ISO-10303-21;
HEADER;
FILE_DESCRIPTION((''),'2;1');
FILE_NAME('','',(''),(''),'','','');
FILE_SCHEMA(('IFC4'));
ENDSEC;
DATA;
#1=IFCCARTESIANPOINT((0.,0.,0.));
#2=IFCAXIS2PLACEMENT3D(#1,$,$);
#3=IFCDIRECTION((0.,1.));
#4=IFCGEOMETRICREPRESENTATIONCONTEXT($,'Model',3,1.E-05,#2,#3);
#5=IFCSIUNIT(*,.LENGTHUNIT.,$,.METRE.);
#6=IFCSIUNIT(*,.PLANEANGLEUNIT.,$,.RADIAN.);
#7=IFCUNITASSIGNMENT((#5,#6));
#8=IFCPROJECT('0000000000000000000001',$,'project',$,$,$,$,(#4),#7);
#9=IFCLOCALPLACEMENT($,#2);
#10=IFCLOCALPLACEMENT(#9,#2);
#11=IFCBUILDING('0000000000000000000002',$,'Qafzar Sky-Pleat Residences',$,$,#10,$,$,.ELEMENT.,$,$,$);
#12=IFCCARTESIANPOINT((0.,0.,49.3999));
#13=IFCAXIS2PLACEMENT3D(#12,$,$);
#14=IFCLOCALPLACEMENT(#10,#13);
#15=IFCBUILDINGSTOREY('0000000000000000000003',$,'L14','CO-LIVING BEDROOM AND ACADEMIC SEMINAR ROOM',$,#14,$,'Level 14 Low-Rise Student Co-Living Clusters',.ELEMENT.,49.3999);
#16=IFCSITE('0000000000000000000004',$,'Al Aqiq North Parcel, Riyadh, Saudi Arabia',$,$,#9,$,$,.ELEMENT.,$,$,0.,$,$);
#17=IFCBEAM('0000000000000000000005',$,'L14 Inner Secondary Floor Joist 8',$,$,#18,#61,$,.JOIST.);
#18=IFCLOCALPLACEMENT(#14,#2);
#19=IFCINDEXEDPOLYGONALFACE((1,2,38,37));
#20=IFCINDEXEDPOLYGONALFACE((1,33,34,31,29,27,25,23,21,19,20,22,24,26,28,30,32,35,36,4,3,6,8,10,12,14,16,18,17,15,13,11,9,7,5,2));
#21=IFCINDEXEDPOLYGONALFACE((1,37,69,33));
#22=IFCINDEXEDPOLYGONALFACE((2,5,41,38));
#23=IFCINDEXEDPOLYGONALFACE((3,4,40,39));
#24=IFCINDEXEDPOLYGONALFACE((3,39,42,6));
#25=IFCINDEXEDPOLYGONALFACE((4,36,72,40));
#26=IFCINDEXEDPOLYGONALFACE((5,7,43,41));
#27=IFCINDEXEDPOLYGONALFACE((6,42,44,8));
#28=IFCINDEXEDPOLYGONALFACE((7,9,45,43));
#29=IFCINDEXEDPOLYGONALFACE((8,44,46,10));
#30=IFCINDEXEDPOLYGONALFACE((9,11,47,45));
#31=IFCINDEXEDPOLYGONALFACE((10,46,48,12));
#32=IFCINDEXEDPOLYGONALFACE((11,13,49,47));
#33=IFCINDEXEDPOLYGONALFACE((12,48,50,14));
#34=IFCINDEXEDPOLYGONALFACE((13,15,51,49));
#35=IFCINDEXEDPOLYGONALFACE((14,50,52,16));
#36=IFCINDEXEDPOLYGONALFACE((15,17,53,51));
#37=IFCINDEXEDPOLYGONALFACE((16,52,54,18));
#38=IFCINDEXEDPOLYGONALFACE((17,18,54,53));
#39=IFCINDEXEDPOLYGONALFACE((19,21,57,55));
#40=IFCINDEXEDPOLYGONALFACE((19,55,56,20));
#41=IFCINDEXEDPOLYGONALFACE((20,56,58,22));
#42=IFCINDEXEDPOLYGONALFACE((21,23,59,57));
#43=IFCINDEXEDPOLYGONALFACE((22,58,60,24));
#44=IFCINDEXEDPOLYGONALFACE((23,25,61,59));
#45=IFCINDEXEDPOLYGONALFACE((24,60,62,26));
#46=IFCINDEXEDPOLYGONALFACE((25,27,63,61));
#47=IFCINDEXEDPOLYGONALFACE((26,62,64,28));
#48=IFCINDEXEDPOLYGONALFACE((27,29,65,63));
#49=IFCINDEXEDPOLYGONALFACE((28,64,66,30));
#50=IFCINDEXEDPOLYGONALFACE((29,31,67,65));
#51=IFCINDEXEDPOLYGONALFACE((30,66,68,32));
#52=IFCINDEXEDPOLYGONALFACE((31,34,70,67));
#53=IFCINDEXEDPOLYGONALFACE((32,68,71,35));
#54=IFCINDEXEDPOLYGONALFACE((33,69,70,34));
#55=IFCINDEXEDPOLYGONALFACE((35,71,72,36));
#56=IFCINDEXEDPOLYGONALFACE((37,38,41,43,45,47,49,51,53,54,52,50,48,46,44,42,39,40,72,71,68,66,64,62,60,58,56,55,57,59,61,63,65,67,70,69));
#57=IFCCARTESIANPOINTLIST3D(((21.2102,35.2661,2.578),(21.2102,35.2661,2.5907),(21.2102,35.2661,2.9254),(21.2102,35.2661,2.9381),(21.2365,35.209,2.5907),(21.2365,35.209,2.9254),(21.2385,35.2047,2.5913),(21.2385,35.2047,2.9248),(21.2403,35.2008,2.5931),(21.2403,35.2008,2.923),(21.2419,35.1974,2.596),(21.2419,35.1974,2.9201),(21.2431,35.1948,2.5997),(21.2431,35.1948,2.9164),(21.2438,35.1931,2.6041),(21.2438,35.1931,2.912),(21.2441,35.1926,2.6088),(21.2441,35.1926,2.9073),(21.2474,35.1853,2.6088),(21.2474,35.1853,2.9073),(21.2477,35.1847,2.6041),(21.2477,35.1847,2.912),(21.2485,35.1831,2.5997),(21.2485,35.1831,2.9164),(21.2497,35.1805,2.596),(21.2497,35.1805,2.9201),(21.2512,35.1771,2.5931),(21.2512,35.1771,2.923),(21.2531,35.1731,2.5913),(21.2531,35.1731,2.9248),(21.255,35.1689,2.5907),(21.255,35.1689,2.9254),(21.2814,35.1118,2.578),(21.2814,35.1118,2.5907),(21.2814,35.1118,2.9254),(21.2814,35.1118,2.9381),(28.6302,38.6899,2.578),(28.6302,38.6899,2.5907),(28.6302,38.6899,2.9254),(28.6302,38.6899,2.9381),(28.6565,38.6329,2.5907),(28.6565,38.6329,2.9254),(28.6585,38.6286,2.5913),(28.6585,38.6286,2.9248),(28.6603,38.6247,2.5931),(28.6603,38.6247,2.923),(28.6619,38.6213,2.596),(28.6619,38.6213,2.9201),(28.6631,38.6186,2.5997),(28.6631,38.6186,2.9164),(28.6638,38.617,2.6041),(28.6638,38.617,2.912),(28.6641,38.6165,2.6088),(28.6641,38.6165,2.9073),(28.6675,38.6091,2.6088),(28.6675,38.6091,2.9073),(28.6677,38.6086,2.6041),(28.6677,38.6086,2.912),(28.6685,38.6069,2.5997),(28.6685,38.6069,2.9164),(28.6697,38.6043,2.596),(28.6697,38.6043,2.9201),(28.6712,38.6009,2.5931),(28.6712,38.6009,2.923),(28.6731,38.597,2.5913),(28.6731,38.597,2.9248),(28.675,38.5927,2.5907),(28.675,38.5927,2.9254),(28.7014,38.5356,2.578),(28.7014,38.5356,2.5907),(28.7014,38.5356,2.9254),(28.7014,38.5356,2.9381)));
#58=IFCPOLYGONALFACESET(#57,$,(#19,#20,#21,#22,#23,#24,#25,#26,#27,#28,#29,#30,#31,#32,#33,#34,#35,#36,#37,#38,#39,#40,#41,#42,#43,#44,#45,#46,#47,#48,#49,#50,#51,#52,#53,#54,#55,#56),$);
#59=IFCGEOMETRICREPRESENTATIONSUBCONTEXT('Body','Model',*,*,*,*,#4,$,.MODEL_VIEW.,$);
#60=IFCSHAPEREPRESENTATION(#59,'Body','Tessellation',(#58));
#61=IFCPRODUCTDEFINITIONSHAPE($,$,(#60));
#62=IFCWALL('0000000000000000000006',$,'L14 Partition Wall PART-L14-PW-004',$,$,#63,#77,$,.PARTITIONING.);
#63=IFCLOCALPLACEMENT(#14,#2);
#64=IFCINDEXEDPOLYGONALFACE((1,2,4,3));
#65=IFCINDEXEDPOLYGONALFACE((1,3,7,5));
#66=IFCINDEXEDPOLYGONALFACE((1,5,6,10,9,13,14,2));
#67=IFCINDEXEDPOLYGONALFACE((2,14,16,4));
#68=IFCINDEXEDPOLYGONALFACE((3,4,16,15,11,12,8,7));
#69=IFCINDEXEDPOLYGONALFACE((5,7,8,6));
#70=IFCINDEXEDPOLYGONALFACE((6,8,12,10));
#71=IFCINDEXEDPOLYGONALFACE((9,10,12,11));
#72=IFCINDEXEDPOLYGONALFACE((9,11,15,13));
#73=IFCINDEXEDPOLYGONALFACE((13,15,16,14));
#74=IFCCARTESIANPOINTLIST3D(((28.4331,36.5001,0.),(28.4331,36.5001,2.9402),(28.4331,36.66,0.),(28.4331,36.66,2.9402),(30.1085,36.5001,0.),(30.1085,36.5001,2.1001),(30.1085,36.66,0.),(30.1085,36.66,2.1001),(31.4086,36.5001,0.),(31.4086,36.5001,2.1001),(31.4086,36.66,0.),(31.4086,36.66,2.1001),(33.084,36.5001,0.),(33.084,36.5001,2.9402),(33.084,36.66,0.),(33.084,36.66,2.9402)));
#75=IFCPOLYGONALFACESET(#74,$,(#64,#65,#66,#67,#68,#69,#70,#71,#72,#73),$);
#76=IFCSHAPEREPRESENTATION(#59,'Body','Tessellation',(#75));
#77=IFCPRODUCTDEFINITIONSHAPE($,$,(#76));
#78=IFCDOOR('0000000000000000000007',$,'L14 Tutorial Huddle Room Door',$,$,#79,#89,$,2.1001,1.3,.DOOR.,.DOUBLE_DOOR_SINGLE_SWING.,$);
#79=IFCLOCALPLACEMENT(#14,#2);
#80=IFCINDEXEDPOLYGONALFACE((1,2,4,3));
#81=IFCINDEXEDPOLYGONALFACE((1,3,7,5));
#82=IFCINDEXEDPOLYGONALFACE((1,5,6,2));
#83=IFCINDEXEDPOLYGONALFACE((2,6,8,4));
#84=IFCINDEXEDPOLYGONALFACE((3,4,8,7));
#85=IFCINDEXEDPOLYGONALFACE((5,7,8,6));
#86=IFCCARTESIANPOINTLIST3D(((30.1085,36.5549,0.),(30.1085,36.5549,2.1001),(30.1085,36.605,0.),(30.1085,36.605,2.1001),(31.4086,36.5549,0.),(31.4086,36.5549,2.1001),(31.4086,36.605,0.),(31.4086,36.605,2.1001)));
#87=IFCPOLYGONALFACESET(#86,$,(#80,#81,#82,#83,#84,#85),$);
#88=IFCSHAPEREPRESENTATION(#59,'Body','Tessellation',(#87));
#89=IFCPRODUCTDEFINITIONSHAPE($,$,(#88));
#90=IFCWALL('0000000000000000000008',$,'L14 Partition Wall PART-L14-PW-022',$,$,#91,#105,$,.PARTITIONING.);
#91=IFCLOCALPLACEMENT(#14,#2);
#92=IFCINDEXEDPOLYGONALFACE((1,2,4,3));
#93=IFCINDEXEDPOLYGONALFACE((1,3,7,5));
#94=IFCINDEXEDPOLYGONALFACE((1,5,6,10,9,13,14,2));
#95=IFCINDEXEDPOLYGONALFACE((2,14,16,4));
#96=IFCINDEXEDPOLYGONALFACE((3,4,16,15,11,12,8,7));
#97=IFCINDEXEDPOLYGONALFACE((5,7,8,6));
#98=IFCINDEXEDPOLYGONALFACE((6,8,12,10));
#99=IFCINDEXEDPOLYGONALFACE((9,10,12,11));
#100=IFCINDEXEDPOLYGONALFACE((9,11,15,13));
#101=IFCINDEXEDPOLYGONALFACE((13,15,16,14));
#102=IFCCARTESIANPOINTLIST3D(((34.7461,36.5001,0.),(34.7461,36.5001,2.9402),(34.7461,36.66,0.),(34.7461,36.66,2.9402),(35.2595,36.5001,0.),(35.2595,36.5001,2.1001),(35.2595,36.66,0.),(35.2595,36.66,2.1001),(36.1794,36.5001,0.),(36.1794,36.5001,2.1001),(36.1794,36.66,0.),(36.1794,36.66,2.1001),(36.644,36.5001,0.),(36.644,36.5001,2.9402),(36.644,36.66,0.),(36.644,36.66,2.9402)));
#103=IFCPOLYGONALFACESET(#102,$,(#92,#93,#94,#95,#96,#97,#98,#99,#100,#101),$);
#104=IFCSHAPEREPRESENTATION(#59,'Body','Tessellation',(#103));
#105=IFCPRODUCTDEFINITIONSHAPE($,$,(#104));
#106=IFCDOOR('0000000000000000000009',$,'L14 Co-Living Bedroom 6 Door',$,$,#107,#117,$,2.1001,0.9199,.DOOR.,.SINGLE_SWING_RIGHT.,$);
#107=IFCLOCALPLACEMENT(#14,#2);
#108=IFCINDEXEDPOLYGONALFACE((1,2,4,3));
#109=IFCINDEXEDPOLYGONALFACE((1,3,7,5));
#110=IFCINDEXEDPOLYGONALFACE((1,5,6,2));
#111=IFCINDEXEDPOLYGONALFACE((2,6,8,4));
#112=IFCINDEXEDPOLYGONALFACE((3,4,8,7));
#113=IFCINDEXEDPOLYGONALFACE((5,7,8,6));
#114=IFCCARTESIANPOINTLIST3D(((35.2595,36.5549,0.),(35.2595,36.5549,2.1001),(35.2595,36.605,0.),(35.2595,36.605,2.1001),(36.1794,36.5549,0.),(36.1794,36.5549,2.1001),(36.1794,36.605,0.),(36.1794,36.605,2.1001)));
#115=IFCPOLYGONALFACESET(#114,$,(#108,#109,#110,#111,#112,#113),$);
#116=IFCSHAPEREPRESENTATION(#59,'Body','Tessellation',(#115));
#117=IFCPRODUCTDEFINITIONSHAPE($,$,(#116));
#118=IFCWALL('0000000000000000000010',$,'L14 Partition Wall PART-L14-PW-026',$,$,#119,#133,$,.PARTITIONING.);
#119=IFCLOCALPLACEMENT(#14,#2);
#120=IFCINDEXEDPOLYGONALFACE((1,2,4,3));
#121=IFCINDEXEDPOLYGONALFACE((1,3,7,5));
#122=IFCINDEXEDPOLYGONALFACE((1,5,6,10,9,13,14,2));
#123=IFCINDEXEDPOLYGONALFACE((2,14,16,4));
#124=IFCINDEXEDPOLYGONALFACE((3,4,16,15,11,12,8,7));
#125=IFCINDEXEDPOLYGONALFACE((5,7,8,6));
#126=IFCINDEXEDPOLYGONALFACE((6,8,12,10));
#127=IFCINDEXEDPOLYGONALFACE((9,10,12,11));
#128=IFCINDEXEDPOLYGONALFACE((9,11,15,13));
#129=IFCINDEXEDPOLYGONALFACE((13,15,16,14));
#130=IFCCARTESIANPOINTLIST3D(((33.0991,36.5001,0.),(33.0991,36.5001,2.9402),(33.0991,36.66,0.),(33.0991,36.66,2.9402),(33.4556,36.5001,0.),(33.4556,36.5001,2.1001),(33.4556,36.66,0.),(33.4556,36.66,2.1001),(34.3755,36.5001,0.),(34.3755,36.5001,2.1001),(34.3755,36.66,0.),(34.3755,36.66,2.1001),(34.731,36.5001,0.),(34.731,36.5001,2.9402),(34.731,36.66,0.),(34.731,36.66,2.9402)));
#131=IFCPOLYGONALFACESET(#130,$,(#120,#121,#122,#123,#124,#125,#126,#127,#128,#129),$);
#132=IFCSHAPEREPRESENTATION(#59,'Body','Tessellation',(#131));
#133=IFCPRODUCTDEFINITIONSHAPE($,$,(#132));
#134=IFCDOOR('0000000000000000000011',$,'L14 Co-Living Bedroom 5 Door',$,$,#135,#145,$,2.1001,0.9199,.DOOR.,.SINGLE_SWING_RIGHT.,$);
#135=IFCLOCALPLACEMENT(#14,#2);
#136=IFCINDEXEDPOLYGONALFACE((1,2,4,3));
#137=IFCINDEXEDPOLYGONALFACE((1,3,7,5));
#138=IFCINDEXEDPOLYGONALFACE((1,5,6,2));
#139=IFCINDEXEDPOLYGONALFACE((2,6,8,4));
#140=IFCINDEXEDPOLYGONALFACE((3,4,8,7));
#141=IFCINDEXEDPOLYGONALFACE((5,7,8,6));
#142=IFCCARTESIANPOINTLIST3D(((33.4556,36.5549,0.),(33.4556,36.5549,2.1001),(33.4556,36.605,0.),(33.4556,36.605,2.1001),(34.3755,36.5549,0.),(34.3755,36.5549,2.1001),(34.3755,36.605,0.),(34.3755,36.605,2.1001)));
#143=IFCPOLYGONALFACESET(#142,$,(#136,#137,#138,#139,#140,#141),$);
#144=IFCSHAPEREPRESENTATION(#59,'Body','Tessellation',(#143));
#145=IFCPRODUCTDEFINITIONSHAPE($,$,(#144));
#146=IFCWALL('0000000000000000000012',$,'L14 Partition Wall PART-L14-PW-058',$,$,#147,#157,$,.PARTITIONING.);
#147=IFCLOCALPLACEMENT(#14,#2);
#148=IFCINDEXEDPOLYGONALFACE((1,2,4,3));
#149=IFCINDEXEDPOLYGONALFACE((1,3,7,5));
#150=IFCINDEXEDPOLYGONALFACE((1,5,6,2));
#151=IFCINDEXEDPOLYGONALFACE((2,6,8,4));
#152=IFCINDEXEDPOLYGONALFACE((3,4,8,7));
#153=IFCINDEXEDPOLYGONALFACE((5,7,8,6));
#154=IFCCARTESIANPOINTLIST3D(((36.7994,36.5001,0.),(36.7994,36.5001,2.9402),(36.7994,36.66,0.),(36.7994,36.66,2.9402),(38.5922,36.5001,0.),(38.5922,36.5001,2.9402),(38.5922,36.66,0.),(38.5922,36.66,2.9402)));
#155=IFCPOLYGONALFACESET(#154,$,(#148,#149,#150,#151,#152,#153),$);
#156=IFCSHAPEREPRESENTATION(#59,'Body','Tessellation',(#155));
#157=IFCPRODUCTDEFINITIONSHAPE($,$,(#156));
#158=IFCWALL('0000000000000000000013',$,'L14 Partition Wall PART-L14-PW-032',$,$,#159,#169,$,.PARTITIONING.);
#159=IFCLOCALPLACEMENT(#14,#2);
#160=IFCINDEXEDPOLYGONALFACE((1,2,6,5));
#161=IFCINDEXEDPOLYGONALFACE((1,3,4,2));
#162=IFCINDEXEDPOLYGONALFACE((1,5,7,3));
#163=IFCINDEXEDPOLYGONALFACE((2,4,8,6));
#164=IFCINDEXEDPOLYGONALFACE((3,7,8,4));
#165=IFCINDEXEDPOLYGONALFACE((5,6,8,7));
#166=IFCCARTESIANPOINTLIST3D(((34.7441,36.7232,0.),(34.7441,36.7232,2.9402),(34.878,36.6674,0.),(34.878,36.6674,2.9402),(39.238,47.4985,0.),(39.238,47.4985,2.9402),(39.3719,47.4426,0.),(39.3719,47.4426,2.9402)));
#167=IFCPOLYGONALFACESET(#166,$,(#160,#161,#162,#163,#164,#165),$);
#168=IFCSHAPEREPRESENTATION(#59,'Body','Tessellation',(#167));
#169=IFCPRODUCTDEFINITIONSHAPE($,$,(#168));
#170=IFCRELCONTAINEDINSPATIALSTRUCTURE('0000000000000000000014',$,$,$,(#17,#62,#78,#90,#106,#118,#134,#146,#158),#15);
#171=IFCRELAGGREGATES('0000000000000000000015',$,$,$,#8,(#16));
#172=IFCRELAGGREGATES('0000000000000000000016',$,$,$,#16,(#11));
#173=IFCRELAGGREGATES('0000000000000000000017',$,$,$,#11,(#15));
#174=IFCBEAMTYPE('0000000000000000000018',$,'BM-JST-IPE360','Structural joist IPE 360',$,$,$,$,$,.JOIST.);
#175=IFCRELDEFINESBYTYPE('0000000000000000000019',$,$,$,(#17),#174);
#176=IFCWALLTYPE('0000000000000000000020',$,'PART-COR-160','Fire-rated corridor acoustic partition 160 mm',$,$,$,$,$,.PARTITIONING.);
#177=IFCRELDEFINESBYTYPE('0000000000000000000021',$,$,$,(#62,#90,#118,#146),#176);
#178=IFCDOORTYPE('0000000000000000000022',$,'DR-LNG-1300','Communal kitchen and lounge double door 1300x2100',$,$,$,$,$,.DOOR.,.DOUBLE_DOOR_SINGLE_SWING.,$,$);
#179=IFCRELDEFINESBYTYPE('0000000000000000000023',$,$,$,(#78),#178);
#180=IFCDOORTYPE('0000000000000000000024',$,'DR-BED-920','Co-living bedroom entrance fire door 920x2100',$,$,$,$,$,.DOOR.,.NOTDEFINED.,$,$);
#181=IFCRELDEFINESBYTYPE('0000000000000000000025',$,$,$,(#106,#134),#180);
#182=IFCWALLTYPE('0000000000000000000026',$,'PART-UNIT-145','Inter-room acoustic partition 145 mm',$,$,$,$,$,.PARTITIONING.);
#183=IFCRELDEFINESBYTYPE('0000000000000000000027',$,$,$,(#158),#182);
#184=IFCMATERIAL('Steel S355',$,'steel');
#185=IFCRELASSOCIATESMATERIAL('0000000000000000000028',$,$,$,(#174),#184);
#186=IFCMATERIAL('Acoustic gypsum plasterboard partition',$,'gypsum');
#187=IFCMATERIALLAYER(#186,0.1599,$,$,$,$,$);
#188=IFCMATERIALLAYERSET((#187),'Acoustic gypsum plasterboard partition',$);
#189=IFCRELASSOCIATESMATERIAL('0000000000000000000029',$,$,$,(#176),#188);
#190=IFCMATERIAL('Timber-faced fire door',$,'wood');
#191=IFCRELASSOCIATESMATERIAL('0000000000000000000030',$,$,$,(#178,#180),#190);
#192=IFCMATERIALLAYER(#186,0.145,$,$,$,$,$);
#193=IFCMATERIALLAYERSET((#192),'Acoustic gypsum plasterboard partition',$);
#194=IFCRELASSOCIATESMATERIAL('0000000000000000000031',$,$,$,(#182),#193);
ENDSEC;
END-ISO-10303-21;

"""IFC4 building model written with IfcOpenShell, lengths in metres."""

from ifc_helpers import new_model, si_unit, direction, frame, frame_2d, origin, origin_2d, place, context, subcontext, project, spatial, rectangle, i_section, extrude, source, transform, mapped, material, layer, layer_set, material_profile, profile_set, type_object, element, fill, save


model = new_model("IFC4")

# Units and contexts
model_context = context("Model", 3, precision=1e-05, world=origin(), true_north=direction((0.0, 1.0)))
body_context = subcontext(model_context, "Body", "Model", "MODEL_VIEW")
ifc_project = project(units=[si_unit("LENGTHUNIT", "METRE"), si_unit("PLANEANGLEUNIT", "RADIAN")], contexts=[model_context])

# Site, building, storey
site_placement = place(None, origin())
site = spatial("IfcSite", under=ifc_project, at=site_placement, Name="Al Aqiq North Parcel, Riyadh, Saudi Arabia", CompositionType="ELEMENT", RefElevation=0.0)
building_placement = place(site_placement, origin())
building = spatial("IfcBuilding", under=site, at=building_placement, Name="Qafzar Sky-Pleat Residences", CompositionType="ELEMENT")
storey_placement = place(building_placement, frame((0.0, 0.0, 49.3999)))
storey = spatial("IfcBuildingStorey", under=building, at=storey_placement, Name="L14", Description="CO-LIVING BEDROOM AND ACADEMIC SEMINAR ROOM", LongName="Level 14 Low-Rise Student Co-Living Clusters", CompositionType="ELEMENT", Elevation=49.3999)

# Beam
ifc_material_1 = material(Name="Steel S355", Category="steel")
ifc_material_profile_1 = material_profile(ifc_material_1, i_section(OverallWidth=0.1699, OverallDepth=0.3601, WebThickness=0.0081, FlangeThickness=0.0127, FilletRadius=0.0181, at=origin_2d()), Name="IPE 360")
ifc_profile_set_1 = profile_set([ifc_material_profile_1], Name="Steel S355")
beam_type_1 = type_object("IfcBeamType", Name="BM-JST-IPE360", Description="Structural joist IPE 360", PredefinedType="JOIST", material=ifc_profile_set_1)
shared_shape_1 = source(origin(), body_context, "Body", "SweptSolid", [
    extrude(i_section(OverallWidth=0.1699, OverallDepth=0.3601, WebThickness=0.0081, FlangeThickness=0.0127, FilletRadius=0.0181, at=origin_2d()), origin(), (0.0, 0.0, 1.0), 8.1719),
])
beam_1_placement = place(storey_placement, frame((28.6658, 38.6128, 2.7581), z_axis=(-0.907994, -0.418982, 0.0), x_axis=(0.418982, -0.907994, 0.0)))
element("IfcBeam", 1, at=beam_1_placement, inside=storey, type_object=beam_type_1, Name="L14 Inner Secondary Floor Joist 8", PredefinedType="JOIST", context=body_context, shape_type="MappedRepresentation", body=[
    mapped(shared_shape_1, transform((0.0, 0.0, 0.0), x_axis=(1.0, 0.0, 0.0), y_axis=(0.0, 1.0, 0.0), z_axis=(0.0, 0.0, 1.0), scale=1.0)),
])

# Walls, openings, doors
ifc_material_2 = material(Name="Acoustic gypsum plasterboard partition", Category="gypsum")
ifc_layer_1 = layer(ifc_material_2, 0.1599)
ifc_layer_set_1 = layer_set([ifc_layer_1], Name="Acoustic gypsum plasterboard partition")
wall_type_1 = type_object("IfcWallType", Name="PART-COR-160", Description="Fire-rated corridor acoustic partition 160 mm", PredefinedType="PARTITIONING", material=ifc_layer_set_1)
wall_1_placement = place(storey_placement, frame((28.4331, 36.5801, 0.0), z_axis=(0.0, 0.0, 1.0), x_axis=(1.0, 0.0, 0.0)))
wall_1 = element("IfcWall", 2, at=wall_1_placement, inside=storey, type_object=wall_type_1, Name="L14 Partition Wall PART-L14-PW-004", PredefinedType="PARTITIONING", context=body_context, shape_type="SweptSolid", body=[
    extrude(rectangle(XDim=4.6509, YDim=0.1599, at=frame_2d((2.3254, 0.0))), origin(), (0.0, 0.0, 1.0), 2.9402),
])
opening_1_placement = place(wall_1_placement, frame((1.6755, 0.0, 0.0)))
opening_1 = element("IfcOpeningElement", 3, at=opening_1_placement, cuts=wall_1, PredefinedType="OPENING", context=body_context, shape_type="SweptSolid", body=[
    extrude(rectangle(XDim=1.3, YDim=2.1001, at=frame_2d((0.6499, 1.05))), frame((0.0, 0.0898, 0.0), z_axis=(0.0, -1.0, 0.0), x_axis=(1.0, 0.0, 0.0)), (0.0, 0.0, 1.0), 0.1799),
])
ifc_material_3 = material(Name="Timber-faced fire door", Category="wood")
door_type_1 = type_object("IfcDoorType", Name="DR-LNG-1300", Description="Communal kitchen and lounge double door 1300x2100", OperationType="DOUBLE_DOOR_SINGLE_SWING", PredefinedType="DOOR", material=ifc_material_3)
shared_shape_2 = source(origin(), body_context, "Body", "SweptSolid", [
    extrude(rectangle(XDim=1.3, YDim=2.1001, at=frame_2d((0.6499, 1.05))), frame((0.0, 0.0249, 0.0), z_axis=(0.0, -1.0, 0.0), x_axis=(1.0, 0.0, 0.0)), (0.0, 0.0, 1.0), 0.05),
])
door_1_placement = place(opening_1_placement, origin())
door_1 = element("IfcDoor", 4, at=door_1_placement, inside=storey, type_object=door_type_1, Name="L14 Tutorial Huddle Room Door", OperationType="DOUBLE_DOOR_SINGLE_SWING", OverallHeight=2.1001, OverallWidth=1.3, PredefinedType="DOOR", context=body_context, shape_type="MappedRepresentation", body=[
    mapped(shared_shape_2, transform((0.0, 0.0, 0.0), x_axis=(1.0, 0.0, 0.0), y_axis=(0.0, 1.0, 0.0), z_axis=(0.0, 0.0, 1.0), scale=1.0)),
])
fill(opening_1, door_1)
wall_2_placement = place(storey_placement, frame((34.7461, 36.5801, 0.0), z_axis=(0.0, 0.0, 1.0), x_axis=(1.0, 0.0, 0.0)))
wall_2 = element("IfcWall", 5, at=wall_2_placement, inside=storey, type_object=wall_type_1, Name="L14 Partition Wall PART-L14-PW-022", PredefinedType="PARTITIONING", context=body_context, shape_type="SweptSolid", body=[
    extrude(rectangle(XDim=1.8979, YDim=0.1599, at=frame_2d((0.949, 0.0))), origin(), (0.0, 0.0, 1.0), 2.9402),
])
opening_2_placement = place(wall_2_placement, frame((0.5134, 0.0, 0.0)))
opening_2 = element("IfcOpeningElement", 6, at=opening_2_placement, cuts=wall_2, PredefinedType="OPENING", context=body_context, shape_type="SweptSolid", body=[
    extrude(rectangle(XDim=0.9199, YDim=2.1001, at=frame_2d((0.46, 1.05))), frame((0.0, 0.0898, 0.0), z_axis=(0.0, -1.0, 0.0), x_axis=(1.0, 0.0, 0.0)), (0.0, 0.0, 1.0), 0.1799),
])
door_type_2 = type_object("IfcDoorType", Name="DR-BED-920", Description="Co-living bedroom entrance fire door 920x2100", OperationType="NOTDEFINED", PredefinedType="DOOR", material=ifc_material_3)
shared_shape_3 = source(origin(), body_context, "Body", "SweptSolid", [
    extrude(rectangle(XDim=0.9199, YDim=2.1001, at=frame_2d((0.46, 1.05))), frame((0.0, 0.0249, 0.0), z_axis=(0.0, -1.0, 0.0), x_axis=(1.0, 0.0, 0.0)), (0.0, 0.0, 1.0), 0.05),
])
door_2_placement = place(opening_2_placement, origin())
door_2 = element("IfcDoor", 7, at=door_2_placement, inside=storey, type_object=door_type_2, Name="L14 Co-Living Bedroom 6 Door", OperationType="SINGLE_SWING_RIGHT", OverallHeight=2.1001, OverallWidth=0.9199, PredefinedType="DOOR", context=body_context, shape_type="MappedRepresentation", body=[
    mapped(shared_shape_3, transform((0.0, 0.0, 0.0), x_axis=(1.0, 0.0, 0.0), y_axis=(0.0, 1.0, 0.0), z_axis=(0.0, 0.0, 1.0), scale=1.0)),
])
fill(opening_2, door_2)
wall_3_placement = place(storey_placement, frame((33.0991, 36.5801, 0.0), z_axis=(0.0, 0.0, 1.0), x_axis=(1.0, 0.0, 0.0)))
wall_3 = element("IfcWall", 8, at=wall_3_placement, inside=storey, type_object=wall_type_1, Name="L14 Partition Wall PART-L14-PW-026", PredefinedType="PARTITIONING", context=body_context, shape_type="SweptSolid", body=[
    extrude(rectangle(XDim=1.6318, YDim=0.1599, at=frame_2d((0.8159, 0.0))), origin(), (0.0, 0.0, 1.0), 2.9402),
])
opening_3_placement = place(wall_3_placement, frame((0.3564, 0.0, 0.0)))
opening_3 = element("IfcOpeningElement", 9, at=opening_3_placement, cuts=wall_3, PredefinedType="OPENING", context=body_context, shape_type="SweptSolid", body=[
    extrude(rectangle(XDim=0.9199, YDim=2.1001, at=frame_2d((0.46, 1.05))), frame((0.0, 0.0898, 0.0), z_axis=(0.0, -1.0, 0.0), x_axis=(1.0, 0.0, 0.0)), (0.0, 0.0, 1.0), 0.1799),
])
door_3_placement = place(opening_3_placement, origin())
door_3 = element("IfcDoor", 10, at=door_3_placement, inside=storey, type_object=door_type_2, Name="L14 Co-Living Bedroom 5 Door", OperationType="SINGLE_SWING_RIGHT", OverallHeight=2.1001, OverallWidth=0.9199, PredefinedType="DOOR", context=body_context, shape_type="MappedRepresentation", body=[
    mapped(shared_shape_3, transform((0.0, 0.0, 0.0), x_axis=(1.0, 0.0, 0.0), y_axis=(0.0, 1.0, 0.0), z_axis=(0.0, 0.0, 1.0), scale=1.0)),
])
fill(opening_3, door_3)

# Walls
wall_4_placement = place(storey_placement, frame((36.7993, 36.5801, 0.0), z_axis=(0.0, 0.0, 1.0), x_axis=(1.0, 0.0, 0.0)))
element("IfcWall", 11, at=wall_4_placement, inside=storey, type_object=wall_type_1, Name="L14 Partition Wall PART-L14-PW-058", PredefinedType="PARTITIONING", context=body_context, shape_type="SweptSolid", body=[
    extrude(rectangle(XDim=1.7927, YDim=0.1599, at=frame_2d((0.8965, 0.0))), origin(), (0.0, 0.0, 1.0), 2.9402),
])
ifc_layer_2 = layer(ifc_material_2, 0.145)
ifc_layer_set_2 = layer_set([ifc_layer_2], Name="Acoustic gypsum plasterboard partition")
wall_type_2 = type_object("IfcWallType", Name="PART-UNIT-145", Description="Inter-room acoustic partition 145 mm", PredefinedType="PARTITIONING", material=ifc_layer_set_2)
wall_5_placement = place(storey_placement, frame((34.811, 36.6953, 0.0), z_axis=(0.0, 0.0, 1.0), x_axis=(0.384926, 0.922948, 0.0)))
element("IfcWall", 12, at=wall_5_placement, inside=storey, type_object=wall_type_2, Name="L14 Partition Wall PART-L14-PW-032", PredefinedType="PARTITIONING", context=body_context, shape_type="SweptSolid", body=[
    extrude(rectangle(XDim=11.6748, YDim=0.145, at=frame_2d((5.8374, 0.0))), origin(), (0.0, 0.0, 1.0), 2.9402),
])

save(model, "model.ifc")
